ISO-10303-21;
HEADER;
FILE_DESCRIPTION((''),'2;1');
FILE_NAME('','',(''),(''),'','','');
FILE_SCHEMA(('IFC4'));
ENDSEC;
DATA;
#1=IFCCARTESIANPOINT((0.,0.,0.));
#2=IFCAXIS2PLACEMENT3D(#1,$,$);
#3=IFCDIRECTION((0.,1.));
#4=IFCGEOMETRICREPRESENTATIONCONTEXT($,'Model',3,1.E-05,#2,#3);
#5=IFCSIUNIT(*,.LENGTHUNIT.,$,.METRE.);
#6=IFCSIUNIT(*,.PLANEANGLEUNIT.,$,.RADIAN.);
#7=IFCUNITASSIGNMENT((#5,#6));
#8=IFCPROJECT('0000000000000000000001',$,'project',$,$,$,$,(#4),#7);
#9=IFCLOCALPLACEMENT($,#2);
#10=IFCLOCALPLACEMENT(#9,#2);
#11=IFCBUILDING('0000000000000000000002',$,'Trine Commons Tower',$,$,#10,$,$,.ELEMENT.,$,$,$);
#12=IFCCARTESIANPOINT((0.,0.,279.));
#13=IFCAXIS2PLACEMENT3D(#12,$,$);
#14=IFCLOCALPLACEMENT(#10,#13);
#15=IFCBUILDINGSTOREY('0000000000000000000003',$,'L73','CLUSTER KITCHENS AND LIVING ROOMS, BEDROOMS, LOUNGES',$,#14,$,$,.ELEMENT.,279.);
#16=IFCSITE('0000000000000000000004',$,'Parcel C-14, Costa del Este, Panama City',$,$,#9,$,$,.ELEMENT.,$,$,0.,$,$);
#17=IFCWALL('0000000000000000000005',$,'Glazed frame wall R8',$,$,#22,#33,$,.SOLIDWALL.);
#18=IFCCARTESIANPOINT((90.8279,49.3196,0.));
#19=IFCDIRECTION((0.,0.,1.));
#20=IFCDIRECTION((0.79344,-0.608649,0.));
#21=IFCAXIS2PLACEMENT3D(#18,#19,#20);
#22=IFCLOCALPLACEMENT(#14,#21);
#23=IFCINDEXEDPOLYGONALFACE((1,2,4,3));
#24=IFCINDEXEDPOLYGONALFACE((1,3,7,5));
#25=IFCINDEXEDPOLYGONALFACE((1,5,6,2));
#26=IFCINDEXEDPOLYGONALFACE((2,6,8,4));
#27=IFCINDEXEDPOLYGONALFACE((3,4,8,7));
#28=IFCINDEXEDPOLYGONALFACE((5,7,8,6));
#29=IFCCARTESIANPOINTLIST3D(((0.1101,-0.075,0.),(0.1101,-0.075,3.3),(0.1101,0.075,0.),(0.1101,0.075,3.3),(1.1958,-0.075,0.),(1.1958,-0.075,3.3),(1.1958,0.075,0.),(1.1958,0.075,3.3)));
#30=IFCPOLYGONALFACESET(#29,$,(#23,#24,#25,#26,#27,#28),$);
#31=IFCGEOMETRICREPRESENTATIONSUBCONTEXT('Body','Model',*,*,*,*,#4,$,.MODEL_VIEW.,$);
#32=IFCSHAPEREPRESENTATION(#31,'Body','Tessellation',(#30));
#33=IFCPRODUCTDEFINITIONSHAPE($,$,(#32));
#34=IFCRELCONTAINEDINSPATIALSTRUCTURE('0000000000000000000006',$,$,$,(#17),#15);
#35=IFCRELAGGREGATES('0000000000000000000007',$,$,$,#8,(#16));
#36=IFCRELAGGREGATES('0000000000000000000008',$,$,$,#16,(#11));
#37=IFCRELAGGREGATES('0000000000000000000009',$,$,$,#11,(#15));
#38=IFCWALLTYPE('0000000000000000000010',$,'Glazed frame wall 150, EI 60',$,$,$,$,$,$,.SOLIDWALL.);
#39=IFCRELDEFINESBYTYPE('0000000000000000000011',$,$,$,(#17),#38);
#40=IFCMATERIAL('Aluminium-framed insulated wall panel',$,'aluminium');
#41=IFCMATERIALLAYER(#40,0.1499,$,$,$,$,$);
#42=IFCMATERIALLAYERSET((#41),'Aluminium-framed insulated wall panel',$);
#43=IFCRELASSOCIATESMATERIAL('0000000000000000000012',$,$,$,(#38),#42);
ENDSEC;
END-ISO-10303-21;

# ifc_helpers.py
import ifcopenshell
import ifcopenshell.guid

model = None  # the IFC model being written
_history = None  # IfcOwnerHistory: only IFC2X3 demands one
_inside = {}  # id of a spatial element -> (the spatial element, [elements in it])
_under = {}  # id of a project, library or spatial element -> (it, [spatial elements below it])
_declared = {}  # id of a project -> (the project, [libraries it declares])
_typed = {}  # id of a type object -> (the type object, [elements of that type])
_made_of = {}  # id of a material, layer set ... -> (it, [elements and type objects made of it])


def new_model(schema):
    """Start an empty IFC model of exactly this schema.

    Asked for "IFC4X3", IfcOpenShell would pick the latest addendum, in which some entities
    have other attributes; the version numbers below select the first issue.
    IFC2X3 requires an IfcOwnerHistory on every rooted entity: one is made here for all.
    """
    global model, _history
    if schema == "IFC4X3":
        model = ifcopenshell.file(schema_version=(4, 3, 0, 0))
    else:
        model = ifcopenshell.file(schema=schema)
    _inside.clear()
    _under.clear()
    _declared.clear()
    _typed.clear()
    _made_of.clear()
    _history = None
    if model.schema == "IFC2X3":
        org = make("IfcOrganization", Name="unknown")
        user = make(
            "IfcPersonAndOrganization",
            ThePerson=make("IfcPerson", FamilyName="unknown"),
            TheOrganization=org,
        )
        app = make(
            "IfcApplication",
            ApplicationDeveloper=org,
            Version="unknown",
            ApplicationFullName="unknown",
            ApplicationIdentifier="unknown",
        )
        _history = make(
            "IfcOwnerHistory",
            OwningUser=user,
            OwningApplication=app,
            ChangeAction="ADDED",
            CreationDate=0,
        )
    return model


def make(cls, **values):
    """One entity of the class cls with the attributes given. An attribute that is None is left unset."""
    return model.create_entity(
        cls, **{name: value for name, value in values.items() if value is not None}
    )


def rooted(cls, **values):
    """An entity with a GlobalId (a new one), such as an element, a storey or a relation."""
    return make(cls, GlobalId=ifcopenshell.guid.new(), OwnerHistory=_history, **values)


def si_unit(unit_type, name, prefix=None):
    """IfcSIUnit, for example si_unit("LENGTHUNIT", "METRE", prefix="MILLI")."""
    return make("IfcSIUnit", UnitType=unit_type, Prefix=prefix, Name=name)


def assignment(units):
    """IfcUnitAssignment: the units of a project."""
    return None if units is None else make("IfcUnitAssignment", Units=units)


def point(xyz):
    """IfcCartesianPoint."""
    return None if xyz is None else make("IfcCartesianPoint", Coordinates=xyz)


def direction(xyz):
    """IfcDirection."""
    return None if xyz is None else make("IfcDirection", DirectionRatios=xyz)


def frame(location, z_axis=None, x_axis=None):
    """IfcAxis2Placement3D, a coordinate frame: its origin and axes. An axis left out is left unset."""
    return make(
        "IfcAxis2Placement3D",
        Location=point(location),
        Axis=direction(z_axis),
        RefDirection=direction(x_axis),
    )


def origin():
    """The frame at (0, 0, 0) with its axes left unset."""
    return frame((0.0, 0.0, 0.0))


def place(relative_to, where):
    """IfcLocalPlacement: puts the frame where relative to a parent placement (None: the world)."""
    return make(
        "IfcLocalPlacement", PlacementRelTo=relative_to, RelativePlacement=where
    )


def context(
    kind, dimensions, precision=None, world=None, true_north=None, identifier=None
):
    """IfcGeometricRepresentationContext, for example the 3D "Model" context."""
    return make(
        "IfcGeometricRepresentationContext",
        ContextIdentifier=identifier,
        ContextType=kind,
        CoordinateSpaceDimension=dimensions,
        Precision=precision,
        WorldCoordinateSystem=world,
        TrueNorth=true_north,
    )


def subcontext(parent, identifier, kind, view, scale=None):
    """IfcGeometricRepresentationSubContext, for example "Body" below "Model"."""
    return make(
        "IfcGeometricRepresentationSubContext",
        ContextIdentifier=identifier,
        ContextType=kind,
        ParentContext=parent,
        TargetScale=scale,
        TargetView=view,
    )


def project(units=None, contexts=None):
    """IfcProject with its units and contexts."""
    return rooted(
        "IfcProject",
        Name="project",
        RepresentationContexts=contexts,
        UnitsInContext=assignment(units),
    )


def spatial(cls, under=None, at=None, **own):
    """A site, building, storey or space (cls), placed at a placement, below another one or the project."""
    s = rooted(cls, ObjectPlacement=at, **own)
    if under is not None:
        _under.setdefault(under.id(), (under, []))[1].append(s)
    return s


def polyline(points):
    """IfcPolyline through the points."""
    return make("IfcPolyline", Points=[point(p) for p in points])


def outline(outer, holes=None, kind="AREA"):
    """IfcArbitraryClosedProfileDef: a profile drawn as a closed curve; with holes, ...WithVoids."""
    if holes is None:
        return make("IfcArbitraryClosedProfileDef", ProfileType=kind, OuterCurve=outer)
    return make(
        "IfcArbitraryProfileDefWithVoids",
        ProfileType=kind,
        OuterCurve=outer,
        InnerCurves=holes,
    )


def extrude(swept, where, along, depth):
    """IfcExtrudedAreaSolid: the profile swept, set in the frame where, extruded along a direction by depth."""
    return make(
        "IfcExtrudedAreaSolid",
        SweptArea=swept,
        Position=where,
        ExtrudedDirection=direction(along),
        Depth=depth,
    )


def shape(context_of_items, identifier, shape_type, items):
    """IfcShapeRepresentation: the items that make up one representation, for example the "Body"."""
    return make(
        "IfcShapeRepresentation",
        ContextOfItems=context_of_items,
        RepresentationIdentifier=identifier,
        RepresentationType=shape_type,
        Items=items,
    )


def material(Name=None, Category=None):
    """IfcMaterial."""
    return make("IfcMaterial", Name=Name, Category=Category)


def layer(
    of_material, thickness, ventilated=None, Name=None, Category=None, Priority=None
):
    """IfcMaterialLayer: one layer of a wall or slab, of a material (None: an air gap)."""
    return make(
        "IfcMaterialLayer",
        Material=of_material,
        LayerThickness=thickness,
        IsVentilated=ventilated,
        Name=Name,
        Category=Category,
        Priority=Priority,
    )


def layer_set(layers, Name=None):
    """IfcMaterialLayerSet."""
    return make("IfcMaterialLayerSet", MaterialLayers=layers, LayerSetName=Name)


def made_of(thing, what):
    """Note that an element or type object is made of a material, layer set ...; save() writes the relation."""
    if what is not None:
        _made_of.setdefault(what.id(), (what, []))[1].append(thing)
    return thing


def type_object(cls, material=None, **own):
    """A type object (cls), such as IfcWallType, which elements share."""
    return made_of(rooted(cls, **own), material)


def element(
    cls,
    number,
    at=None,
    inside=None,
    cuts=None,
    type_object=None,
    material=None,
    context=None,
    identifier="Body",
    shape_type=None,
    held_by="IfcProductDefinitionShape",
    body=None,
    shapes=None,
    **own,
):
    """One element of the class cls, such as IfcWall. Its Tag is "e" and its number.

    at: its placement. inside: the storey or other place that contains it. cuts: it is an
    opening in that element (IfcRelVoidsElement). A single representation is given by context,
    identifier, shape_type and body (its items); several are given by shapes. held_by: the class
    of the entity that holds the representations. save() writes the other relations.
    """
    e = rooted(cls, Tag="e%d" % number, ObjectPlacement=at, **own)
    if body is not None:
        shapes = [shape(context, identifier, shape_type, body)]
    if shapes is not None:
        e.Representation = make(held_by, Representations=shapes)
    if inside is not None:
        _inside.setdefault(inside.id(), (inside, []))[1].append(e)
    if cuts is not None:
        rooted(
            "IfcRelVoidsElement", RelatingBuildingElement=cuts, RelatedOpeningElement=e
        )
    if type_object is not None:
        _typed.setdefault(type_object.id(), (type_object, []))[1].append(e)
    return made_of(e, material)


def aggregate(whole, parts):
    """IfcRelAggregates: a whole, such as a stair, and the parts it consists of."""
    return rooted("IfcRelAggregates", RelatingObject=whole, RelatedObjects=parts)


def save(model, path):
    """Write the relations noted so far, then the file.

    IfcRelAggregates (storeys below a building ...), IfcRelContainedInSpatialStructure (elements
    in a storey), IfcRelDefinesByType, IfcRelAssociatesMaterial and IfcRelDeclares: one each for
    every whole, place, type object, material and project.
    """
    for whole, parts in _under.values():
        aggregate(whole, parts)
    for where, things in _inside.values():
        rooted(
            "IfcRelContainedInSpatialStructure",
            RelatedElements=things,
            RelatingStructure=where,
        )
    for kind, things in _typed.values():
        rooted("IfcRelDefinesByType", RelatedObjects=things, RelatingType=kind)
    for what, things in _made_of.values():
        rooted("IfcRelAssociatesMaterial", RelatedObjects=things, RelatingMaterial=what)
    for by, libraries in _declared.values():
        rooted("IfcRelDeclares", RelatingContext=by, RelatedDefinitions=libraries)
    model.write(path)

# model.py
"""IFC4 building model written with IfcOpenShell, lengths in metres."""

from ifc_helpers import new_model, si_unit, direction, frame, origin, place, context, subcontext, project, spatial, polyline, outline, extrude, material, layer, layer_set, type_object, element, save


model = new_model("IFC4")

# Units and contexts
model_context = context("Model", 3, precision=1e-05, world=origin(), true_north=direction((0.0, 1.0)))
body_context = subcontext(model_context, "Body", "Model", "MODEL_VIEW")
ifc_project = project(units=[si_unit("LENGTHUNIT", "METRE"), si_unit("PLANEANGLEUNIT", "RADIAN")], contexts=[model_context])

# Site, building, storey
site_placement = place(None, origin())
site = spatial("IfcSite", under=ifc_project, at=site_placement, Name="Parcel C-14, Costa del Este, Panama City", CompositionType="ELEMENT", RefElevation=0.0)
building_placement = place(site_placement, origin())
building = spatial("IfcBuilding", under=site, at=building_placement, Name="Trine Commons Tower", CompositionType="ELEMENT")
storey_placement = place(building_placement, frame((0.0, 0.0, 279.0)))
storey = spatial("IfcBuildingStorey", under=building, at=storey_placement, Name="L73", Description="CLUSTER KITCHENS AND LIVING ROOMS, BEDROOMS, LOUNGES", CompositionType="ELEMENT", Elevation=279.0)

# Shared definitions
ifc_material_1 = material(Name="Aluminium-framed insulated wall panel", Category="aluminium")
ifc_layer_1 = layer(ifc_material_1, 0.1499)
ifc_layer_set_1 = layer_set([ifc_layer_1], Name="Aluminium-framed insulated wall panel")
wall_type_1 = type_object("IfcWallType", Name="Glazed frame wall 150, EI 60", PredefinedType="SOLIDWALL", material=ifc_layer_set_1)

# Wall
wall_1_placement = place(storey_placement, frame((90.8279, 49.3196, 0.0), z_axis=(0.0, 0.0, 1.0), x_axis=(0.79344, -0.608649, 0.0)))
element("IfcWall", 1, at=wall_1_placement, inside=storey, type_object=wall_type_1, Name="Glazed frame wall R8", PredefinedType="SOLIDWALL", context=body_context, shape_type="SweptSolid", body=[
    extrude(outline(polyline([(0.1101, 0.075), (0.1101, -0.075), (1.1958, -0.075), (1.1958, 0.075), (0.1101, 0.075)])), origin(), (0.0, 0.0, 1.0), 3.3),
])

save(model, "model.ifc")
